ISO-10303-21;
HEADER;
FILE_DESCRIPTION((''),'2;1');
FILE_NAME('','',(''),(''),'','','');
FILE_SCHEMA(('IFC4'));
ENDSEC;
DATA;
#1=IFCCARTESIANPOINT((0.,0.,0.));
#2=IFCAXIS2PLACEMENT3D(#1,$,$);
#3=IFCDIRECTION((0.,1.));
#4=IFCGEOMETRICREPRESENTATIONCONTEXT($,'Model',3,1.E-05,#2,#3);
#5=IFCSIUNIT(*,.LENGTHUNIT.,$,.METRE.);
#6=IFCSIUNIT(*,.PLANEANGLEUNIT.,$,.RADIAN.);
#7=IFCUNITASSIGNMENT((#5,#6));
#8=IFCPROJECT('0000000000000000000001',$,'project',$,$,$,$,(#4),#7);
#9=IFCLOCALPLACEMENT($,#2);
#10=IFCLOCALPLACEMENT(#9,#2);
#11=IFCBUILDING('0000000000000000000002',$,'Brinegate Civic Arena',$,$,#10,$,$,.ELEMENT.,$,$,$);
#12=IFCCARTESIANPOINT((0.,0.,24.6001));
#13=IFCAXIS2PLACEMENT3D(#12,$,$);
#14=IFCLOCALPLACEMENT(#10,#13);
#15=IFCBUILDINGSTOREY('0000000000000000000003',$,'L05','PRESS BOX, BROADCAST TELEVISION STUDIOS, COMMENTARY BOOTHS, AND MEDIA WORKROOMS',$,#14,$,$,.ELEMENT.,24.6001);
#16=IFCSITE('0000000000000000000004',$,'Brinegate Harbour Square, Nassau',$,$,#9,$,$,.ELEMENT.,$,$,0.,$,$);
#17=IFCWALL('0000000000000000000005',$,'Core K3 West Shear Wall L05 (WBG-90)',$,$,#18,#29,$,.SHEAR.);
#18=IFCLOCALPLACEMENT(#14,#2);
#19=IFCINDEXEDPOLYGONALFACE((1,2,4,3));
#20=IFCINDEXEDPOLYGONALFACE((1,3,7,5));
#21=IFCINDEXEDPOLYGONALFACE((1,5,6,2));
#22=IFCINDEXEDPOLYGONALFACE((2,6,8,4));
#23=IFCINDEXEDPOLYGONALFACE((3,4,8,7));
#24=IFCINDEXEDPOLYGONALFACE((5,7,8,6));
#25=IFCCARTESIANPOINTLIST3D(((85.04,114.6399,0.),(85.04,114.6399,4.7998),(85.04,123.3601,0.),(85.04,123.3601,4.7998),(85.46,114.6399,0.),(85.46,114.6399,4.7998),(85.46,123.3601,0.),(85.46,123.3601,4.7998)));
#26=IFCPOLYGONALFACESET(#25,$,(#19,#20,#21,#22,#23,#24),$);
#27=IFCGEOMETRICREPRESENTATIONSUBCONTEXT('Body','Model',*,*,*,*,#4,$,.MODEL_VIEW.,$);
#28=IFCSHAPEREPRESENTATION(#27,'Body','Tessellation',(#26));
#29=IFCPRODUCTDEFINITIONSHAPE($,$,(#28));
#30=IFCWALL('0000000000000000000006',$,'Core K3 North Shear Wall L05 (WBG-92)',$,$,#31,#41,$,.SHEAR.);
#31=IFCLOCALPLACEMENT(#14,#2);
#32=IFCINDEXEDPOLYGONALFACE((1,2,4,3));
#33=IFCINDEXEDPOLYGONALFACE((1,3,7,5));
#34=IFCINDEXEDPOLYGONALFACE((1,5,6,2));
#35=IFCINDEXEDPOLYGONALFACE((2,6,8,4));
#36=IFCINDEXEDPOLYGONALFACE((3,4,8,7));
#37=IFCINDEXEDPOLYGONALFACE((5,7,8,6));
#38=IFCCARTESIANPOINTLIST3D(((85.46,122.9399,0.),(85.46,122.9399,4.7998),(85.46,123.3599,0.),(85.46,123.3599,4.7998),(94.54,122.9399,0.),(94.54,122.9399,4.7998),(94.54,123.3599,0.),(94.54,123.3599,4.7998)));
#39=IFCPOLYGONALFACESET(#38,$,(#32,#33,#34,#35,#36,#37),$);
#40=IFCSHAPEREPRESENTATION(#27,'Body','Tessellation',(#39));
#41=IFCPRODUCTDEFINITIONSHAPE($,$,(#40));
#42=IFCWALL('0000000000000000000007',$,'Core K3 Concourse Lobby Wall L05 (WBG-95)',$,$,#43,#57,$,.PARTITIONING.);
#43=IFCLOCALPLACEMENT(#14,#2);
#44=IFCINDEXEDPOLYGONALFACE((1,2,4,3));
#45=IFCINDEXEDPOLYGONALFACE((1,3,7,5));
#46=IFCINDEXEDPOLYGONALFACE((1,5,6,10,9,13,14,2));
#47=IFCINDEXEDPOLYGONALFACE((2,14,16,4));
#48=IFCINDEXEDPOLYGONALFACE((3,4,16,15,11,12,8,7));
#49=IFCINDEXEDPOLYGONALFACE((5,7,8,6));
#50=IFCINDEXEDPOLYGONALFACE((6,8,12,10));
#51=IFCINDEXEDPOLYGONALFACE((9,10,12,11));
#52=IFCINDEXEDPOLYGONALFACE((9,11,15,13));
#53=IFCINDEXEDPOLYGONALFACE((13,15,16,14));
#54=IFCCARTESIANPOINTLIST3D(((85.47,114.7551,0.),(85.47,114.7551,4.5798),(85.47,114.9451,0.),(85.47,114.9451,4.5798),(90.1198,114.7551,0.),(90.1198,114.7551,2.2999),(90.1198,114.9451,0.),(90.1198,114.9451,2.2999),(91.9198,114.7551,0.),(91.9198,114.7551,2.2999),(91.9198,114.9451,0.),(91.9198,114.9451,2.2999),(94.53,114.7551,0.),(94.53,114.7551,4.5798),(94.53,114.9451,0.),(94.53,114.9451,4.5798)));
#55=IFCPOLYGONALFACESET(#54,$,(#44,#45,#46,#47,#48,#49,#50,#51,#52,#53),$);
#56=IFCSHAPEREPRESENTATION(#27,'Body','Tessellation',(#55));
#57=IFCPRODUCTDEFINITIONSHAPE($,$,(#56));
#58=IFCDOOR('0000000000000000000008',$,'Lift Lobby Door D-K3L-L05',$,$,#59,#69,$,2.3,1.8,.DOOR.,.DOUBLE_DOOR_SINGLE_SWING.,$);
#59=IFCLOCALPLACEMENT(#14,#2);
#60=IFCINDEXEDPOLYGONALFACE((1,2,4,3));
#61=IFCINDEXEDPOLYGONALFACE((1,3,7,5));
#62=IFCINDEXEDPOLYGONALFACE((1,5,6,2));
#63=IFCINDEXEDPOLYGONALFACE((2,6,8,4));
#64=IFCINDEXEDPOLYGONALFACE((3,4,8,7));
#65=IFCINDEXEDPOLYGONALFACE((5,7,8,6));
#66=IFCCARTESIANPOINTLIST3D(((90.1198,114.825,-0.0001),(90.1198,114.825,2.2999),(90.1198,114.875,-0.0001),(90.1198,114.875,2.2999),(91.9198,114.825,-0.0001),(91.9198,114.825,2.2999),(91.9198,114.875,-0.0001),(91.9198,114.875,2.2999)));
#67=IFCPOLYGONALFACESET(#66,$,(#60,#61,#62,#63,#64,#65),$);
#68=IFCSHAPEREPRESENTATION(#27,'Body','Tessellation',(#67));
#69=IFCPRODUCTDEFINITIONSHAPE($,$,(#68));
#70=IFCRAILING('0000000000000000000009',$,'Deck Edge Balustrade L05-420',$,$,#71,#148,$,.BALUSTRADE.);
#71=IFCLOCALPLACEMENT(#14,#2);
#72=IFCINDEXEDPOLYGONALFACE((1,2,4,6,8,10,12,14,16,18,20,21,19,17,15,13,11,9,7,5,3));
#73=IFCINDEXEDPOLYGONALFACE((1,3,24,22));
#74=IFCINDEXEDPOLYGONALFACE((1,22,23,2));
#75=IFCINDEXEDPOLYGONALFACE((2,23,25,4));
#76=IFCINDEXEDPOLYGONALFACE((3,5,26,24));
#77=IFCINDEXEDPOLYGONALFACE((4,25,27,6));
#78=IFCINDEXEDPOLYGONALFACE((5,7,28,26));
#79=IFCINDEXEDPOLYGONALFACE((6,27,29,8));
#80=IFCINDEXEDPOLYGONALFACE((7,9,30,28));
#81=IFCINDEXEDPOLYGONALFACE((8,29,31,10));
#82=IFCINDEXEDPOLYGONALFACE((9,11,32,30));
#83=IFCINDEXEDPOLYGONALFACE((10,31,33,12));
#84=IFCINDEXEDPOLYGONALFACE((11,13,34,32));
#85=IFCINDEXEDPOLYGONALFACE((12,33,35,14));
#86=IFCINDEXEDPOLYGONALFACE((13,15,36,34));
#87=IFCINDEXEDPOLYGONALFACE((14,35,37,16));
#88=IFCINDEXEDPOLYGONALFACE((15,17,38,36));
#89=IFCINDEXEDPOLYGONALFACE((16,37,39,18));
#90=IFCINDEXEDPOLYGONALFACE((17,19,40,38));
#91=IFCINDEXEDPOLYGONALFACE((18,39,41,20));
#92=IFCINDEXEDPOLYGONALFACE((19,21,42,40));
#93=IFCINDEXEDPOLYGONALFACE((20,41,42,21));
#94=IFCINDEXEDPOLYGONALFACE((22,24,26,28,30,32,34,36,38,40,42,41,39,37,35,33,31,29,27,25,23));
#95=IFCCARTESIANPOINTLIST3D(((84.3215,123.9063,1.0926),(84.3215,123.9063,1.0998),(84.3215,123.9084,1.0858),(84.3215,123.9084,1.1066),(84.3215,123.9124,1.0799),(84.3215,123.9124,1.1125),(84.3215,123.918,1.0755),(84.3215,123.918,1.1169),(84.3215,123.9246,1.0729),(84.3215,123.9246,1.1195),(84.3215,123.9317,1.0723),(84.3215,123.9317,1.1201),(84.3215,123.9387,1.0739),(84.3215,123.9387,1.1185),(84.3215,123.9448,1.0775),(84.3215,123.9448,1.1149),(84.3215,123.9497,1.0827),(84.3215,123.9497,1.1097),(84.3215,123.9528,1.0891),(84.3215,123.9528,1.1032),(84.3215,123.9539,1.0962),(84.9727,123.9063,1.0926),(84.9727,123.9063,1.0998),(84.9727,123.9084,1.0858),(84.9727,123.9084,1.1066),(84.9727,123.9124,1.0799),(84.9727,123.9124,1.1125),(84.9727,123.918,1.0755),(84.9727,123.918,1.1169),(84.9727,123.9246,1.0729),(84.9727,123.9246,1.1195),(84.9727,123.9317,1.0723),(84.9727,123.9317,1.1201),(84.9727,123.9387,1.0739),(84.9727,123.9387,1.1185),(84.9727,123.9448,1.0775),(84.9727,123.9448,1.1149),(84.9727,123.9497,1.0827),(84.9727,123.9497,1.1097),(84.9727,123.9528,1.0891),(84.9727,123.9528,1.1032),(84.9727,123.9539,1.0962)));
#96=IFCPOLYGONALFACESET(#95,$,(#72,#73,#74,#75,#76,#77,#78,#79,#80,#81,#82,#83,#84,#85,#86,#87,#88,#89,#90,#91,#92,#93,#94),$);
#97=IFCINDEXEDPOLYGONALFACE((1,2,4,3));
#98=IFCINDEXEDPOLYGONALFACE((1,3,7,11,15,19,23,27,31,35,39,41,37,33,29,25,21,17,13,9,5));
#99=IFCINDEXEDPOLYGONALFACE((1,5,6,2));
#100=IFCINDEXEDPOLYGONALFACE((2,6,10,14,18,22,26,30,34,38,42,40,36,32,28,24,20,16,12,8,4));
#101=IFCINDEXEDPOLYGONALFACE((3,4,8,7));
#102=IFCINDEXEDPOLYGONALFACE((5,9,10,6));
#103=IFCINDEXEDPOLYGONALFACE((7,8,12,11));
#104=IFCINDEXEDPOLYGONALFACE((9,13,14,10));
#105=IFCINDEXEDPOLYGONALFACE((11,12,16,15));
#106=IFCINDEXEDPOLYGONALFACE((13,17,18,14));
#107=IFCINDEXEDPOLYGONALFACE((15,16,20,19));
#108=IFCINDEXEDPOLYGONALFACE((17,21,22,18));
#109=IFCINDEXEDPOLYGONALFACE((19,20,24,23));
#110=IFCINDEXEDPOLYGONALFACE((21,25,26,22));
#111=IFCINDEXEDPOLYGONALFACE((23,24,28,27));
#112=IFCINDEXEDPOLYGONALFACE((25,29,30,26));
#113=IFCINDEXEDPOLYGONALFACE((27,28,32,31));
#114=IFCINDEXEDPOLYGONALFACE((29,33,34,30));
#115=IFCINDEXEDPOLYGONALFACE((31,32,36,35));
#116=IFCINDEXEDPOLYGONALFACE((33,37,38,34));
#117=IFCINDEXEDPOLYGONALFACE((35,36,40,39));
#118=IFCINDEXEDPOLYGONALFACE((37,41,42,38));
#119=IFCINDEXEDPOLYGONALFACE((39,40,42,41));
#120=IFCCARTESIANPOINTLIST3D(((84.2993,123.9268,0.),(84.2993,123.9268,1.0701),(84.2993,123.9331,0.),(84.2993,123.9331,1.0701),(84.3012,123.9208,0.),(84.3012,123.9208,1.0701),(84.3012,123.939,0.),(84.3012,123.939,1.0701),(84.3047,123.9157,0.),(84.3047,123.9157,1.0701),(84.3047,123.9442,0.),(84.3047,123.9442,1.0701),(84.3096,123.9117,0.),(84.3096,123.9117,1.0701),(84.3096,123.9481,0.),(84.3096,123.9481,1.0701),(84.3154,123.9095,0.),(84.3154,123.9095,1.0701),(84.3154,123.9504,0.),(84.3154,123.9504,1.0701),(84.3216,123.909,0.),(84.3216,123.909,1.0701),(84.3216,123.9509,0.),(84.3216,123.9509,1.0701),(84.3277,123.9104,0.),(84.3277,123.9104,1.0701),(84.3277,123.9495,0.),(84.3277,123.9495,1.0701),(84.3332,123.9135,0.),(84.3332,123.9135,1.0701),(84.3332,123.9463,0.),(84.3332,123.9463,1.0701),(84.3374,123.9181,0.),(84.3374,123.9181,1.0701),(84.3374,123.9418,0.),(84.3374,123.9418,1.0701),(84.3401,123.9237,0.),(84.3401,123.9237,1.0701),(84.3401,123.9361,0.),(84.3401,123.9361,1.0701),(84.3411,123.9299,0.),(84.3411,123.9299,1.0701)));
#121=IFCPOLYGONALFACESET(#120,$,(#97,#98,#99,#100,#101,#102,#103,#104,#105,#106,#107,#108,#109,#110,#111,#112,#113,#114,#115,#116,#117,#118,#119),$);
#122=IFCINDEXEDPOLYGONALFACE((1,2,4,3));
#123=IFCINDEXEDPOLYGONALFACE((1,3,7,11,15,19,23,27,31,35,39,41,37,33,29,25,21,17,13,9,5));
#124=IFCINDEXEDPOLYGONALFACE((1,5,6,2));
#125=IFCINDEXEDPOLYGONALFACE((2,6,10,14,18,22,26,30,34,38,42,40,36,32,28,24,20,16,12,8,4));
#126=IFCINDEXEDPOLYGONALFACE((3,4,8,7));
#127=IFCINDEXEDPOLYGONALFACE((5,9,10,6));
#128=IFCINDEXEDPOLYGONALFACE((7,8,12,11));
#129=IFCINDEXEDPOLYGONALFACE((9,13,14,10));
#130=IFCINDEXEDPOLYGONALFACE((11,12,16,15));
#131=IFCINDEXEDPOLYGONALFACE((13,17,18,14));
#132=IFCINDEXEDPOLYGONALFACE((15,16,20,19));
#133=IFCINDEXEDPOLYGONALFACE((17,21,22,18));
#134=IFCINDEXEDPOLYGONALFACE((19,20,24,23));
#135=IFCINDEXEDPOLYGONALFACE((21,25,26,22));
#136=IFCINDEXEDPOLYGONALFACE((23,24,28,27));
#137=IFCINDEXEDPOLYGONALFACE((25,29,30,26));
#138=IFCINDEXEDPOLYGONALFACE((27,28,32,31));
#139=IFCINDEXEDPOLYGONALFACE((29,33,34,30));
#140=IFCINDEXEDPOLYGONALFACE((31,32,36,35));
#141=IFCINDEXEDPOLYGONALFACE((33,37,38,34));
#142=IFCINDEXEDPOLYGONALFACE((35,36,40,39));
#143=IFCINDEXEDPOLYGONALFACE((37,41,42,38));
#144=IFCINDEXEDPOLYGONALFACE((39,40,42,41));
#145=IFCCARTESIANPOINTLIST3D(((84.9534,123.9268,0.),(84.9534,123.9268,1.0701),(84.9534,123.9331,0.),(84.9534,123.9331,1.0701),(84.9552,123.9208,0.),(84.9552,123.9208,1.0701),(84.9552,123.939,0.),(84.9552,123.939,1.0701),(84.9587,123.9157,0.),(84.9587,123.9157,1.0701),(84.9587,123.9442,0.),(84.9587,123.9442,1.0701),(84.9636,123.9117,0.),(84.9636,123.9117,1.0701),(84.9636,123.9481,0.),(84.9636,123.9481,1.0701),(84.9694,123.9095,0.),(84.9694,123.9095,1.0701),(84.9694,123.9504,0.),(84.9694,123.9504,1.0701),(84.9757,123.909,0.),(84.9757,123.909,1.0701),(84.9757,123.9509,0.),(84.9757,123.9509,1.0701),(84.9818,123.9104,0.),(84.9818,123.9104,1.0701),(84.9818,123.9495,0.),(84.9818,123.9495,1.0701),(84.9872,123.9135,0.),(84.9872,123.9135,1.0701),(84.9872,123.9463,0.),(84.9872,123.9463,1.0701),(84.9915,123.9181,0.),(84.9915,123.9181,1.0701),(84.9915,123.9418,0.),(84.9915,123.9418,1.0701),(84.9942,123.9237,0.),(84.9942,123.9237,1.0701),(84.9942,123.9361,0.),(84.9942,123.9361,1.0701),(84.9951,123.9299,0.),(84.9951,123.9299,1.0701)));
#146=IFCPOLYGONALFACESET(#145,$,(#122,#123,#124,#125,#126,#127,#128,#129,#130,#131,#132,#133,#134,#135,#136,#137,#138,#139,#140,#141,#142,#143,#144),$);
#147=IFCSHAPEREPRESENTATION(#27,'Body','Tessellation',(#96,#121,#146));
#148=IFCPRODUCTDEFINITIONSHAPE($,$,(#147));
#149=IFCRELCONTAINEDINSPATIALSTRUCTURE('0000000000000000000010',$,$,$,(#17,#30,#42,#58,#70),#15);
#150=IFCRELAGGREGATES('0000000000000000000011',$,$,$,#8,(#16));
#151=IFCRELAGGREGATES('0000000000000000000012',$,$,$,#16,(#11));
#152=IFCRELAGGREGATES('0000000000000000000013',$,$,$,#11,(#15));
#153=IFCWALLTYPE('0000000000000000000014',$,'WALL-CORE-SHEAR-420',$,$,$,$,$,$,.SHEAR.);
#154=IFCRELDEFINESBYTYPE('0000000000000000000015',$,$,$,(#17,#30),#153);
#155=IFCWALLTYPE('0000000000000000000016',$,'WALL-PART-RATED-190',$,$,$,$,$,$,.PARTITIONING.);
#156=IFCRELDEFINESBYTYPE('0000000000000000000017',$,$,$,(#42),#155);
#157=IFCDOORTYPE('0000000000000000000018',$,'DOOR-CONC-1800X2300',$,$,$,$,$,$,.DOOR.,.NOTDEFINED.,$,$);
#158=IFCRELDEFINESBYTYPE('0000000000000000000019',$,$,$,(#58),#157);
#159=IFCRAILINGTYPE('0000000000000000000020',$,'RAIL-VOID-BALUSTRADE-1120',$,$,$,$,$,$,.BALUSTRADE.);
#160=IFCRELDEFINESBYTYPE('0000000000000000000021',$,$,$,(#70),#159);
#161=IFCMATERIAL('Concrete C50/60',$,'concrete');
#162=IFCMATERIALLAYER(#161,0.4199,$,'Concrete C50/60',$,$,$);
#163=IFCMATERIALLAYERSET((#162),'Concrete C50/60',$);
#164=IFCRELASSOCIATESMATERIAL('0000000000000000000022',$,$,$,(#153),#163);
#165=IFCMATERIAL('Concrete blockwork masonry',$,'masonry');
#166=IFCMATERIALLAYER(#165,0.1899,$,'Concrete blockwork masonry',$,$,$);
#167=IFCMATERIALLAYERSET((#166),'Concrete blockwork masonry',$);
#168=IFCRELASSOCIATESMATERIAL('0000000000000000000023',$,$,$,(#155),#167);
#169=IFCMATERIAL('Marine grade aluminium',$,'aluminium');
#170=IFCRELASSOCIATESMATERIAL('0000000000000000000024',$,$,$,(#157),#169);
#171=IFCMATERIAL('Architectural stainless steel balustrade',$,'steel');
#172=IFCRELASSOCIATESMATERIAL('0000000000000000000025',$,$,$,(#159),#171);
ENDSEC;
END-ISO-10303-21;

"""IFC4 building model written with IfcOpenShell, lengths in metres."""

from ifc_helpers import new_model, si_unit, direction, frame, frame_2d, origin, origin_2d, place, context, subcontext, project, spatial, rectangle, circle, extrude, material, layer, layer_set, type_object, element, fill, save


model = new_model("IFC4")

# Units and contexts
model_context = context("Model", 3, precision=1e-05, world=origin(), true_north=direction((0.0, 1.0)))
body_context = subcontext(model_context, "Body", "Model", "MODEL_VIEW")
ifc_project = project(units=[si_unit("LENGTHUNIT", "METRE"), si_unit("PLANEANGLEUNIT", "RADIAN")], contexts=[model_context])

# Site, building, storey
site_placement = place(None, origin())
site = spatial("IfcSite", under=ifc_project, at=site_placement, Name="Brinegate Harbour Square, Nassau", CompositionType="ELEMENT", RefElevation=0.0)
building_placement = place(site_placement, origin())
building = spatial("IfcBuilding", under=site, at=building_placement, Name="Brinegate Civic Arena", CompositionType="ELEMENT")
storey_placement = place(building_placement, frame((0.0, 0.0, 24.6001)))
storey = spatial("IfcBuildingStorey", under=building, at=storey_placement, Name="L05", Description="PRESS BOX, BROADCAST TELEVISION STUDIOS, COMMENTARY BOOTHS, AND MEDIA WORKROOMS", CompositionType="ELEMENT", Elevation=24.6001)

# Shared definitions
ifc_material_1 = material(Name="Concrete C50/60", Category="concrete")

# Shared definitions
ifc_material_2 = material(Name="Marine grade aluminium", Category="aluminium")

# Shared definitions
ifc_material_3 = material(Name="Architectural stainless steel balustrade", Category="steel")

# Walls
ifc_layer_1 = layer(ifc_material_1, 0.4199, Name="Concrete C50/60")
ifc_layer_set_1 = layer_set([ifc_layer_1], Name="Concrete C50/60")
wall_type_1 = type_object("IfcWallType", Name="WALL-CORE-SHEAR-420", PredefinedType="SHEAR", material=ifc_layer_set_1)
wall_1_placement = place(storey_placement, frame((85.25, 114.6399, 0.0), z_axis=(0.0, 0.0, 1.0), x_axis=(0.0, 1.0, 0.0)))
element("IfcWall", 1, at=wall_1_placement, inside=storey, type_object=wall_type_1, Name="Core K3 West Shear Wall L05 (WBG-90)", PredefinedType="SHEAR", context=body_context, shape_type="SweptSolid", body=[
    extrude(rectangle(XDim=8.7202, YDim=0.4199, at=frame_2d((4.3601, 0.0))), origin(), (0.0, 0.0, 1.0), 4.7998),
])
wall_2_placement = place(storey_placement, frame((85.46, 123.1499, 0.0), z_axis=(0.0, 0.0, 1.0), x_axis=(1.0, 0.0, 0.0)))
element("IfcWall", 2, at=wall_2_placement, inside=storey, type_object=wall_type_1, Name="Core K3 North Shear Wall L05 (WBG-92)", PredefinedType="SHEAR", context=body_context, shape_type="SweptSolid", body=[
    extrude(rectangle(XDim=9.0801, YDim=0.4199, at=frame_2d((4.54, 0.0))), origin(), (0.0, 0.0, 1.0), 4.7998),
])

# Wall, opening, door
ifc_material_4 = material(Name="Concrete blockwork masonry", Category="masonry")
ifc_layer_2 = layer(ifc_material_4, 0.1899, Name="Concrete blockwork masonry")
ifc_layer_set_2 = layer_set([ifc_layer_2], Name="Concrete blockwork masonry")
wall_type_2 = type_object("IfcWallType", Name="WALL-PART-RATED-190", PredefinedType="PARTITIONING", material=ifc_layer_set_2)
wall_3_placement = place(storey_placement, frame((85.47, 114.8501, 0.0), z_axis=(0.0, 0.0, 1.0), x_axis=(1.0, 0.0, 0.0)))
wall_3 = element("IfcWall", 3, at=wall_3_placement, inside=storey, type_object=wall_type_2, Name="Core K3 Concourse Lobby Wall L05 (WBG-95)", PredefinedType="PARTITIONING", context=body_context, shape_type="SweptSolid", body=[
    extrude(rectangle(XDim=9.0601, YDim=0.1899, at=frame_2d((4.53, 0.0))), origin(), (0.0, 0.0, 1.0), 4.5798),
])
opening_1_placement = place(wall_3_placement, frame((4.6499, 0.0, 0.0)))
opening_1 = element("IfcOpeningElement", 4, at=opening_1_placement, cuts=wall_3, PredefinedType="OPENING", context=body_context, shape_type="SweptSolid", body=[
    extrude(rectangle(XDim=1.8, YDim=2.3, at=frame_2d((0.8999, 1.1499))), frame((0.0, 0.105, 0.0), z_axis=(0.0, -1.0, 0.0), x_axis=(1.0, 0.0, 0.0)), (0.0, 0.0, 1.0), 0.21),
])
door_type_1 = type_object("IfcDoorType", Name="DOOR-CONC-1800X2300", OperationType="NOTDEFINED", PredefinedType="DOOR", material=ifc_material_2)
door_1_placement = place(opening_1_placement, origin())
door_1 = element("IfcDoor", 5, at=door_1_placement, inside=storey, type_object=door_type_1, Name="Lift Lobby Door D-K3L-L05", OperationType="DOUBLE_DOOR_SINGLE_SWING", OverallHeight=2.3, OverallWidth=1.8, PredefinedType="DOOR", context=body_context, shape_type="SweptSolid", body=[
    extrude(rectangle(XDim=1.8, YDim=2.3, at=frame_2d((0.8999, 1.1499))), frame((0.0, 0.0249, 0.0), z_axis=(0.0, -1.0, 0.0), x_axis=(1.0, 0.0, 0.0)), (0.0, 0.0, 1.0), 0.05),
])
fill(opening_1, door_1)

# Railing
railing_type = type_object("IfcRailingType", Name="RAIL-VOID-BALUSTRADE-1120", PredefinedType="BALUSTRADE", material=ifc_material_3)
railing_1_placement = place(storey_placement, frame((84.3201, 123.9299, 0.0)))
element("IfcRailing", 6, at=railing_1_placement, inside=storey, type_object=railing_type, Name="Deck Edge Balustrade L05-420", PredefinedType="BALUSTRADE", context=body_context, shape_type="SweptSolid", body=[
    extrude(circle(Radius=0.0239, at=origin_2d()), frame((0.0015, 0.0, 1.0962), z_axis=(1.0, 0.0, 0.0), x_axis=(0.0, 1.0, 0.0)), (0.0, 0.0, 1.0), 0.6511),
    extrude(circle(Radius=0.021, at=origin_2d()), origin(), (0.0, 0.0, 1.0), 1.0701),
    extrude(circle(Radius=0.021, at=origin_2d()), frame((0.6541, 0.0, 0.0)), (0.0, 0.0, 1.0), 1.0701),
])

save(model, "model.ifc")
